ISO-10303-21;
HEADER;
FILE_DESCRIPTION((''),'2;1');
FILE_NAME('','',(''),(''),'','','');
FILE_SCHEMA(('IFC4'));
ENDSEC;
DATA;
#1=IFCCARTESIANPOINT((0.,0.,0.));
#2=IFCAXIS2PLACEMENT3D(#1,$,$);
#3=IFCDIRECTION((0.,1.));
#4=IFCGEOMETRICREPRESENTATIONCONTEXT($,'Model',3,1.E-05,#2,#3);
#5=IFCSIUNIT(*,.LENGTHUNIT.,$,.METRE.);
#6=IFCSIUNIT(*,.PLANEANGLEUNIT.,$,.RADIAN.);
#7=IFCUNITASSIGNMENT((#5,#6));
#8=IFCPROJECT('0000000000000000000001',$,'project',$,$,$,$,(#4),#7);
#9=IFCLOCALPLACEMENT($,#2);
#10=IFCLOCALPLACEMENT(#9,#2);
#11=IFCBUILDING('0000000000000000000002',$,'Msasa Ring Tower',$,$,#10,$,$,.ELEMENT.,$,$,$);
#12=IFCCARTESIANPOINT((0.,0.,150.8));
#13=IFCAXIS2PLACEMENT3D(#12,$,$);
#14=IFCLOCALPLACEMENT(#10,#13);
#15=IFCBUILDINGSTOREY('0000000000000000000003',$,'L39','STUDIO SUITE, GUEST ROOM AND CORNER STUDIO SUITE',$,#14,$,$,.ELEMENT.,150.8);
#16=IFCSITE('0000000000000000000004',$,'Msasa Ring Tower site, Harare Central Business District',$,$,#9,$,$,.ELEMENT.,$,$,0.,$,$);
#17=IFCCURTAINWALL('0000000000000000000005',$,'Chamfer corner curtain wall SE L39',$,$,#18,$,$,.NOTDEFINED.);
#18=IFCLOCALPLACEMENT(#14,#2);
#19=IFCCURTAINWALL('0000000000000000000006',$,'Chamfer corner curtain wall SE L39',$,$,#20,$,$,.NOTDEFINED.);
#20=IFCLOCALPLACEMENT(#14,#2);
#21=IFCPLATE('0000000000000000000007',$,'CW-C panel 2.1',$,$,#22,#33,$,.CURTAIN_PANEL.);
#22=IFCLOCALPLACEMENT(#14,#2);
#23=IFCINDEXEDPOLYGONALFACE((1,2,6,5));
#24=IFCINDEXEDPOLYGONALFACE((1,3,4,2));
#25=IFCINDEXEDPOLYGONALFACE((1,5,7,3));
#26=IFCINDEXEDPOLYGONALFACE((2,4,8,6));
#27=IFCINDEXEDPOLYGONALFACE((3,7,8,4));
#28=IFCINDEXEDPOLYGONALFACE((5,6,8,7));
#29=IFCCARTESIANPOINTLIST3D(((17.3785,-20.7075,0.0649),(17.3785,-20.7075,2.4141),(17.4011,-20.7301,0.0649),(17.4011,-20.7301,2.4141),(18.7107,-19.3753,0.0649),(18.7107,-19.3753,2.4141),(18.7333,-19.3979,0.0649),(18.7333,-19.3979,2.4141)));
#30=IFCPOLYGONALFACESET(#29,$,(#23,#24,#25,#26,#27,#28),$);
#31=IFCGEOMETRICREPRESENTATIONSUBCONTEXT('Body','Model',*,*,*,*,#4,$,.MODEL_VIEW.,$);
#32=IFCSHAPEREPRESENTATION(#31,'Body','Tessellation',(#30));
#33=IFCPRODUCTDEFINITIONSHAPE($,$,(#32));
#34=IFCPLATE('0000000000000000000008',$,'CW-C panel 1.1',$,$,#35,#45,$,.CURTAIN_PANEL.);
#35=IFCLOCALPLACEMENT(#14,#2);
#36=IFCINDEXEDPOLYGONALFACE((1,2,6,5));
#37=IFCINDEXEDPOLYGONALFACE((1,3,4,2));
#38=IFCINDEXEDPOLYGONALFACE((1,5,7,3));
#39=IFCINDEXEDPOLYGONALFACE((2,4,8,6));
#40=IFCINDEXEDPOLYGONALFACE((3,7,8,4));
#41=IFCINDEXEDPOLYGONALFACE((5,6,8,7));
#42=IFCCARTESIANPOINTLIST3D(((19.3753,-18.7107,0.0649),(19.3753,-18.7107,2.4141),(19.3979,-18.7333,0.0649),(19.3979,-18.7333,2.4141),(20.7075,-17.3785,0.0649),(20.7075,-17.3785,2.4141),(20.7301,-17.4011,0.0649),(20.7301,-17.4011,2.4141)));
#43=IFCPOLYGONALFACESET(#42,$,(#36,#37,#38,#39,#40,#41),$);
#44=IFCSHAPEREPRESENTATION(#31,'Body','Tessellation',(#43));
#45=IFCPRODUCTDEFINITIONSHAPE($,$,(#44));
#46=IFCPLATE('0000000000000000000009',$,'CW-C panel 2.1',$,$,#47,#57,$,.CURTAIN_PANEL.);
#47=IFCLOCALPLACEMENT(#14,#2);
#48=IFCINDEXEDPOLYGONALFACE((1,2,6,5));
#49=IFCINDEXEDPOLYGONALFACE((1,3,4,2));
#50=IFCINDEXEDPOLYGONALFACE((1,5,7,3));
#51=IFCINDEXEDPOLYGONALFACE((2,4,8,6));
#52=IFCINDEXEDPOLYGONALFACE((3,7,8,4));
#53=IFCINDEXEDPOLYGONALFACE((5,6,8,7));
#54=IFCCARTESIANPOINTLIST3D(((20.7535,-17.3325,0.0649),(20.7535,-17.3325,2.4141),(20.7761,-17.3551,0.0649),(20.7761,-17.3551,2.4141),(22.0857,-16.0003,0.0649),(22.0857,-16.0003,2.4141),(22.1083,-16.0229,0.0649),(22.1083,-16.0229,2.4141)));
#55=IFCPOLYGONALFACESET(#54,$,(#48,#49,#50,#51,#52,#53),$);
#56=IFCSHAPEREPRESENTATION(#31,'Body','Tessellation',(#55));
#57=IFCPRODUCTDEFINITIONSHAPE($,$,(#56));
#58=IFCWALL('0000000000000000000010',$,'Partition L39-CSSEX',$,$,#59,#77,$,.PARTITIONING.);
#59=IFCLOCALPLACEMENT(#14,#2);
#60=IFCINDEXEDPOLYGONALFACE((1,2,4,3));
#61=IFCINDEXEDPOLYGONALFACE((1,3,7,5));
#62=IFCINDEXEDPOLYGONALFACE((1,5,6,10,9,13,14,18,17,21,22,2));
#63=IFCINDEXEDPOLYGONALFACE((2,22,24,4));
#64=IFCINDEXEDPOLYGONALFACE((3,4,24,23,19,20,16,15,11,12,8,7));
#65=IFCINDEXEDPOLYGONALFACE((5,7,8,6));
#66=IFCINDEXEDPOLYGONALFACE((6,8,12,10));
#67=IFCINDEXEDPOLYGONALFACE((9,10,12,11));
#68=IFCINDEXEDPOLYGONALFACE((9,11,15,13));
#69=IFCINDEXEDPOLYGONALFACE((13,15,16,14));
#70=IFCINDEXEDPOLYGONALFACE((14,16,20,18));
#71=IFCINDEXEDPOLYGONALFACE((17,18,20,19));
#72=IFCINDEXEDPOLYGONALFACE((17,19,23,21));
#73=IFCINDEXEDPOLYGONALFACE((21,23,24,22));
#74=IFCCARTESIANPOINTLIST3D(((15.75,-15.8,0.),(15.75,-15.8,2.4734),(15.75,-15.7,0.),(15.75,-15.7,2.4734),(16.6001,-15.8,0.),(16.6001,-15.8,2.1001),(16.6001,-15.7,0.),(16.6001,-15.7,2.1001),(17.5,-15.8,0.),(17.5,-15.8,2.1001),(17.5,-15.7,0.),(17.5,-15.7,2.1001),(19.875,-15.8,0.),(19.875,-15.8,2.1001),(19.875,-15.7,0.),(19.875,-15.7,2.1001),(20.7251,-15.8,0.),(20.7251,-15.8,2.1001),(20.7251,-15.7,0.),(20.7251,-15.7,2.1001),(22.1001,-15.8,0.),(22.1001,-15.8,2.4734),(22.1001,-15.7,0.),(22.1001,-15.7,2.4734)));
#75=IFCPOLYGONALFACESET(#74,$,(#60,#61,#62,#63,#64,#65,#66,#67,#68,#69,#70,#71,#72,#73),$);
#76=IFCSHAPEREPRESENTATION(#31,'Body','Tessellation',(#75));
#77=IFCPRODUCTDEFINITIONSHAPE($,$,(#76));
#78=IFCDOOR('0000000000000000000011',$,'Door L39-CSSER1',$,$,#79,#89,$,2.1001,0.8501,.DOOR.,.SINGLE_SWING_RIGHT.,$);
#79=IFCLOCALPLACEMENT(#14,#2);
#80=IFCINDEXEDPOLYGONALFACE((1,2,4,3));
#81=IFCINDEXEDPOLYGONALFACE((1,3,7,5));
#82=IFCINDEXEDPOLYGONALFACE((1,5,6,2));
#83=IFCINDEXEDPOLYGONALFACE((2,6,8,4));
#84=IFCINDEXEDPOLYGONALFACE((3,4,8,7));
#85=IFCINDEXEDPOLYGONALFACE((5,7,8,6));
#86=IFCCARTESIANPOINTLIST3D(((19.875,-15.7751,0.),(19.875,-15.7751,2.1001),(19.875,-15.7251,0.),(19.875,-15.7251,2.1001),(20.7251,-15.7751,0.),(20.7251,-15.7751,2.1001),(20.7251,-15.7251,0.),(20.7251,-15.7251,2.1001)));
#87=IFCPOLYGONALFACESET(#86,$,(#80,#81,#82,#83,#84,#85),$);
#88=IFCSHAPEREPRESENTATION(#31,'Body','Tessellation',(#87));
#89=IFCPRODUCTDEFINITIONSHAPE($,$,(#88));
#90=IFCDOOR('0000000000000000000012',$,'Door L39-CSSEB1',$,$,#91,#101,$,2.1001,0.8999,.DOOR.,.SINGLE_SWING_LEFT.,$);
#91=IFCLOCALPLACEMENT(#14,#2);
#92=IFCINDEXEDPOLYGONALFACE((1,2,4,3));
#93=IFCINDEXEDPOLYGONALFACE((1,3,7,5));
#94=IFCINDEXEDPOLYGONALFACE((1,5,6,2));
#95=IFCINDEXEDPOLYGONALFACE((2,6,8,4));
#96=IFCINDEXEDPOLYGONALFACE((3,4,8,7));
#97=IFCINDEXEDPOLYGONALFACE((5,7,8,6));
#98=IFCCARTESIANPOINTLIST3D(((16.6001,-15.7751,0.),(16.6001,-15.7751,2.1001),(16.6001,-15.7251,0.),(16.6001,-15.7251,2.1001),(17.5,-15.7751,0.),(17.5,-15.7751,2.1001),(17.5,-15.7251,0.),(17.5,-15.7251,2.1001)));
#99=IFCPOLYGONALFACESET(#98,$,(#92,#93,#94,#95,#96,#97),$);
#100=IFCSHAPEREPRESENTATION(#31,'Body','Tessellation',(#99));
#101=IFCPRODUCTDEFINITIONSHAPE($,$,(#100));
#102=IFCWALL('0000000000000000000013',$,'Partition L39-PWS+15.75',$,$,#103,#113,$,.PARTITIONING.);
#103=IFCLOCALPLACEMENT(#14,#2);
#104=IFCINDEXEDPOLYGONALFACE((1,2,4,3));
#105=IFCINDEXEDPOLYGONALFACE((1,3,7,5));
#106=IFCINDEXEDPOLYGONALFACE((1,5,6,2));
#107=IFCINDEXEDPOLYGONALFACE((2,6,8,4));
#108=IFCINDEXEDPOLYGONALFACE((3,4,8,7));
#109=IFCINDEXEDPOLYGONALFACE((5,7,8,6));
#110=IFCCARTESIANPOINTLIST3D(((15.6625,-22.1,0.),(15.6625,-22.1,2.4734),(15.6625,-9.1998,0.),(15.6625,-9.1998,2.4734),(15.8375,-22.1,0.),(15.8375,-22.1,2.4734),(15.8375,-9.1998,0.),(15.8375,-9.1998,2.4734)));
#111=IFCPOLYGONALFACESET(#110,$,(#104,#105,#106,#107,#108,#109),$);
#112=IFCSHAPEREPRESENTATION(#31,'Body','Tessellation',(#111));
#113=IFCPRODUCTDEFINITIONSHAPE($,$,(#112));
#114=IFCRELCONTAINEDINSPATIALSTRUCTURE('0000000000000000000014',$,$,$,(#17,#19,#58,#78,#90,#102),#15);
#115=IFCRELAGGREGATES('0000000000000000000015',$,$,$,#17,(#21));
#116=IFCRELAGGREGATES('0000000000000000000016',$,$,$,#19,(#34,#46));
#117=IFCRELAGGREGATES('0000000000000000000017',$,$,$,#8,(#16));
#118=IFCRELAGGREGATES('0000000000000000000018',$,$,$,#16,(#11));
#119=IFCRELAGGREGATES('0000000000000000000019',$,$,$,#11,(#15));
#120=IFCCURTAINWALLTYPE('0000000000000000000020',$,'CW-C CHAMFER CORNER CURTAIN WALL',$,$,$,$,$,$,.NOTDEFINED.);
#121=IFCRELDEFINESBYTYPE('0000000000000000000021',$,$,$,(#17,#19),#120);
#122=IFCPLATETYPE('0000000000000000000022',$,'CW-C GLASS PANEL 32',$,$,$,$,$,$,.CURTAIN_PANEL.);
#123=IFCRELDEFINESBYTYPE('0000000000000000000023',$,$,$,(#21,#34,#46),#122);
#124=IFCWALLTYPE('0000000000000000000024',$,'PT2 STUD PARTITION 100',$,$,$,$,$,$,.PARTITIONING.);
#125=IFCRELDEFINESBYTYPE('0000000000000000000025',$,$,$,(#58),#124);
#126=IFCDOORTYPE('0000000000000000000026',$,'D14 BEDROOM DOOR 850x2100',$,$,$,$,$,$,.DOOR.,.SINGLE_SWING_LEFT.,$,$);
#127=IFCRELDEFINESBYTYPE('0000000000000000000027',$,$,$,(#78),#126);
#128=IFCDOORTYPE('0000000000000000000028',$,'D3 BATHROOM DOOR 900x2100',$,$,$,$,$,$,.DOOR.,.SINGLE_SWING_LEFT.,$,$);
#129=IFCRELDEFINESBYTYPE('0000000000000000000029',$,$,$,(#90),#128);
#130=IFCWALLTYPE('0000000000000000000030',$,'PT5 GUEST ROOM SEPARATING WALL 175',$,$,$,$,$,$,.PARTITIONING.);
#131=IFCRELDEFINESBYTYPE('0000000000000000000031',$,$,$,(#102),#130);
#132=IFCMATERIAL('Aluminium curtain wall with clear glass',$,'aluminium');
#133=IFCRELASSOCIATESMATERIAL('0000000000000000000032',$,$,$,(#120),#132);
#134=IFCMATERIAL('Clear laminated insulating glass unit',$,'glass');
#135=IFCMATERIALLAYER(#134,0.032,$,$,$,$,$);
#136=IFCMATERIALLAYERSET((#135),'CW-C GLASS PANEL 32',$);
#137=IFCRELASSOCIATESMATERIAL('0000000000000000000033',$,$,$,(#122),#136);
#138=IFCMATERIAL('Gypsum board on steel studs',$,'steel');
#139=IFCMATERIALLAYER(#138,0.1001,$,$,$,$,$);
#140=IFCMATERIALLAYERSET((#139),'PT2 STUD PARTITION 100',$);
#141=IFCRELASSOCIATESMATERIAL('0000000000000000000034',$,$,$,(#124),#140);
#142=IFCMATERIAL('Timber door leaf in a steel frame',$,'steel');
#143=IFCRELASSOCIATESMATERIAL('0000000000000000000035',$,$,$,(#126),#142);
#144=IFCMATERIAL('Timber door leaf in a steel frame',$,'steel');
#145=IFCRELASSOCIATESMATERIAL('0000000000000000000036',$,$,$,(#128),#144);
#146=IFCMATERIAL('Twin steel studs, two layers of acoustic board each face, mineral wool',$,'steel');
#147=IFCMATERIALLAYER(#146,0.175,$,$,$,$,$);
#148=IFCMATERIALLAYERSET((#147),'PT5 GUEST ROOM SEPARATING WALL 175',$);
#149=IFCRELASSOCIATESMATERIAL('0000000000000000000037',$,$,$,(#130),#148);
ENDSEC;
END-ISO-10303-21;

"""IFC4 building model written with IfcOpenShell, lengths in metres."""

from ifc_helpers import new_model, si_unit, direction, frame, frame_2d, origin, origin_2d, place, context, subcontext, project, spatial, rectangle, extrude, material, layer, layer_set, type_object, element, fill, aggregate, save


model = new_model("IFC4")

# Units and contexts
model_context = context("Model", 3, precision=1e-05, world=origin(), true_north=direction((0.0, 1.0)))
body_context = subcontext(model_context, "Body", "Model", "MODEL_VIEW")
ifc_project = project(units=[si_unit("LENGTHUNIT", "METRE"), si_unit("PLANEANGLEUNIT", "RADIAN")], contexts=[model_context])

# Site, building, storey
site_placement = place(None, origin())
site = spatial("IfcSite", under=ifc_project, at=site_placement, Name="Msasa Ring Tower site, Harare Central Business District", CompositionType="ELEMENT", RefElevation=0.0)
building_placement = place(site_placement, origin())
building = spatial("IfcBuilding", under=site, at=building_placement, Name="Msasa Ring Tower", CompositionType="ELEMENT")
storey_placement = place(building_placement, frame((0.0, 0.0, 150.8)))
storey = spatial("IfcBuildingStorey", under=building, at=storey_placement, Name="L39", Description="STUDIO SUITE, GUEST ROOM AND CORNER STUDIO SUITE", CompositionType="ELEMENT", Elevation=150.8)

# Curtain walls
ifc_material_1 = material(Name="Aluminium curtain wall with clear glass", Category="aluminium")
curtain_wall_type = type_object("IfcCurtainWallType", Name="CW-C CHAMFER CORNER CURTAIN WALL", PredefinedType="NOTDEFINED", material=ifc_material_1)
curtain_wall_1_placement = place(storey_placement, origin())
curtain_wall_1 = element("IfcCurtainWall", 1, at=curtain_wall_1_placement, inside=storey, type_object=curtain_wall_type, Name="Chamfer corner curtain wall SE L39", PredefinedType="NOTDEFINED")
curtain_wall_2_placement = place(storey_placement, origin())
curtain_wall_2 = element("IfcCurtainWall", 2, at=curtain_wall_2_placement, inside=storey, type_object=curtain_wall_type, Name="Chamfer corner curtain wall SE L39", PredefinedType="NOTDEFINED")

# Plates
ifc_material_2 = material(Name="Clear laminated insulating glass unit", Category="glass")
ifc_layer_1 = layer(ifc_material_2, 0.032)
ifc_layer_set_1 = layer_set([ifc_layer_1], Name="CW-C GLASS PANEL 32")
plate_type = type_object("IfcPlateType", Name="CW-C GLASS PANEL 32", PredefinedType="CURTAIN_PANEL", material=ifc_layer_set_1)
plate_1_placement = place(storey_placement, frame((18.0559, -20.0527, 0.0649), z_axis=(0.0, 0.0, 1.0), x_axis=(0.707107, 0.707107, 0.0)))
plate_1 = element("IfcPlate", 3, at=plate_1_placement, type_object=plate_type, Name="CW-C panel 2.1", PredefinedType="CURTAIN_PANEL", context=body_context, shape_type="SweptSolid", body=[
    extrude(rectangle(XDim=1.884, YDim=0.032, at=origin_2d()), origin(), (0.0, 0.0, 1.0), 2.3491),
])
aggregate(curtain_wall_1, [plate_1])
plate_2_placement = place(storey_placement, frame((20.0527, -18.0559, 0.0649), z_axis=(0.0, 0.0, 1.0), x_axis=(0.707107, 0.707107, 0.0)))
plate_2 = element("IfcPlate", 4, at=plate_2_placement, type_object=plate_type, Name="CW-C panel 1.1", PredefinedType="CURTAIN_PANEL", context=body_context, shape_type="SweptSolid", body=[
    extrude(rectangle(XDim=1.884, YDim=0.032, at=origin_2d()), origin(), (0.0, 0.0, 1.0), 2.3491),
])
plate_3_placement = place(storey_placement, frame((21.4309, -16.6777, 0.0649), z_axis=(0.0, 0.0, 1.0), x_axis=(0.707107, 0.707107, 0.0)))
plate_3 = element("IfcPlate", 5, at=plate_3_placement, type_object=plate_type, Name="CW-C panel 2.1", PredefinedType="CURTAIN_PANEL", context=body_context, shape_type="SweptSolid", body=[
    extrude(rectangle(XDim=1.884, YDim=0.032, at=origin_2d()), origin(), (0.0, 0.0, 1.0), 2.3491),
])
aggregate(curtain_wall_2, [plate_2, plate_3])

# Wall, openings, doors
ifc_material_3 = material(Name="Gypsum board on steel studs", Category="steel")
ifc_layer_2 = layer(ifc_material_3, 0.1001)
ifc_layer_set_2 = layer_set([ifc_layer_2], Name="PT2 STUD PARTITION 100")
wall_type_1 = type_object("IfcWallType", Name="PT2 STUD PARTITION 100", PredefinedType="PARTITIONING", material=ifc_layer_set_2)
wall_1_placement = place(storey_placement, frame((15.75, -15.75, 0.0), z_axis=(0.0, 0.0, 1.0), x_axis=(1.0, 0.0, 0.0)))
wall_1 = element("IfcWall", 6, at=wall_1_placement, inside=storey, type_object=wall_type_1, Name="Partition L39-CSSEX", PredefinedType="PARTITIONING", context=body_context, shape_type="SweptSolid", body=[
    extrude(rectangle(XDim=6.3501, YDim=0.1001, at=frame_2d((3.175, 0.0))), origin(), (0.0, 0.0, 1.0), 2.4734),
])
opening_1_placement = place(wall_1_placement, frame((4.125, 0.0, 0.0)))
opening_1 = element("IfcOpeningElement", 7, at=opening_1_placement, cuts=wall_1, PredefinedType="OPENING", context=body_context, shape_type="SweptSolid", body=[
    extrude(rectangle(XDim=0.8501, YDim=2.1001, at=frame_2d((0.425, 1.05))), frame((0.0, 0.0601, 0.0), z_axis=(0.0, -1.0, 0.0), x_axis=(1.0, 0.0, 0.0)), (0.0, 0.0, 1.0), 0.1201),
])
opening_2_placement = place(wall_1_placement, frame((0.8501, 0.0, 0.0)))
opening_2 = element("IfcOpeningElement", 8, at=opening_2_placement, cuts=wall_1, PredefinedType="OPENING", context=body_context, shape_type="SweptSolid", body=[
    extrude(rectangle(XDim=0.8999, YDim=2.1001, at=frame_2d((0.45, 1.05))), frame((0.0, 0.0601, 0.0), z_axis=(0.0, -1.0, 0.0), x_axis=(1.0, 0.0, 0.0)), (0.0, 0.0, 1.0), 0.1201),
])
ifc_material_4 = material(Name="Timber door leaf in a steel frame", Category="steel")
door_type_1 = type_object("IfcDoorType", Name="D14 BEDROOM DOOR 850x2100", OperationType="SINGLE_SWING_LEFT", PredefinedType="DOOR", material=ifc_material_4)
door_1_placement = place(opening_1_placement, origin())
door_1 = element("IfcDoor", 9, at=door_1_placement, inside=storey, type_object=door_type_1, Name="Door L39-CSSER1", OperationType="SINGLE_SWING_RIGHT", OverallHeight=2.1001, OverallWidth=0.8501, PredefinedType="DOOR", context=body_context, shape_type="SweptSolid", body=[
    extrude(rectangle(XDim=0.8501, YDim=2.1001, at=frame_2d((0.425, 1.05))), frame((0.0, 0.0249, 0.0), z_axis=(0.0, -1.0, 0.0), x_axis=(1.0, 0.0, 0.0)), (0.0, 0.0, 1.0), 0.05),
])
fill(opening_1, door_1)
ifc_material_5 = material(Name="Timber door leaf in a steel frame", Category="steel")
door_type_2 = type_object("IfcDoorType", Name="D3 BATHROOM DOOR 900x2100", OperationType="SINGLE_SWING_LEFT", PredefinedType="DOOR", material=ifc_material_5)
door_2_placement = place(opening_2_placement, origin())
door_2 = element("IfcDoor", 10, at=door_2_placement, inside=storey, type_object=door_type_2, Name="Door L39-CSSEB1", OperationType="SINGLE_SWING_LEFT", OverallHeight=2.1001, OverallWidth=0.8999, PredefinedType="DOOR", context=body_context, shape_type="SweptSolid", body=[
    extrude(rectangle(XDim=0.8999, YDim=2.1001, at=frame_2d((0.45, 1.05))), frame((0.0, 0.0249, 0.0), z_axis=(0.0, -1.0, 0.0), x_axis=(1.0, 0.0, 0.0)), (0.0, 0.0, 1.0), 0.05),
])
fill(opening_2, door_2)

# Wall
ifc_material_6 = material(Name="Twin steel studs, two layers of acoustic board each face, mineral wool", Category="steel")
ifc_layer_3 = layer(ifc_material_6, 0.175)
ifc_layer_set_3 = layer_set([ifc_layer_3], Name="PT5 GUEST ROOM SEPARATING WALL 175")
wall_type_2 = type_object("IfcWallType", Name="PT5 GUEST ROOM SEPARATING WALL 175", PredefinedType="PARTITIONING", material=ifc_layer_set_3)
wall_2_placement = place(storey_placement, frame((15.75, -22.1001, 0.0), z_axis=(0.0, 0.0, 1.0), x_axis=(0.0, 1.0, 0.0)))
element("IfcWall", 11, at=wall_2_placement, inside=storey, type_object=wall_type_2, Name="Partition L39-PWS+15.75", PredefinedType="PARTITIONING", context=body_context, shape_type="SweptSolid", body=[
    extrude(rectangle(XDim=12.9001, YDim=0.175, at=frame_2d((6.4502, 0.0))), origin(), (0.0, 0.0, 1.0), 2.4734),
])

save(model, "model.ifc")
